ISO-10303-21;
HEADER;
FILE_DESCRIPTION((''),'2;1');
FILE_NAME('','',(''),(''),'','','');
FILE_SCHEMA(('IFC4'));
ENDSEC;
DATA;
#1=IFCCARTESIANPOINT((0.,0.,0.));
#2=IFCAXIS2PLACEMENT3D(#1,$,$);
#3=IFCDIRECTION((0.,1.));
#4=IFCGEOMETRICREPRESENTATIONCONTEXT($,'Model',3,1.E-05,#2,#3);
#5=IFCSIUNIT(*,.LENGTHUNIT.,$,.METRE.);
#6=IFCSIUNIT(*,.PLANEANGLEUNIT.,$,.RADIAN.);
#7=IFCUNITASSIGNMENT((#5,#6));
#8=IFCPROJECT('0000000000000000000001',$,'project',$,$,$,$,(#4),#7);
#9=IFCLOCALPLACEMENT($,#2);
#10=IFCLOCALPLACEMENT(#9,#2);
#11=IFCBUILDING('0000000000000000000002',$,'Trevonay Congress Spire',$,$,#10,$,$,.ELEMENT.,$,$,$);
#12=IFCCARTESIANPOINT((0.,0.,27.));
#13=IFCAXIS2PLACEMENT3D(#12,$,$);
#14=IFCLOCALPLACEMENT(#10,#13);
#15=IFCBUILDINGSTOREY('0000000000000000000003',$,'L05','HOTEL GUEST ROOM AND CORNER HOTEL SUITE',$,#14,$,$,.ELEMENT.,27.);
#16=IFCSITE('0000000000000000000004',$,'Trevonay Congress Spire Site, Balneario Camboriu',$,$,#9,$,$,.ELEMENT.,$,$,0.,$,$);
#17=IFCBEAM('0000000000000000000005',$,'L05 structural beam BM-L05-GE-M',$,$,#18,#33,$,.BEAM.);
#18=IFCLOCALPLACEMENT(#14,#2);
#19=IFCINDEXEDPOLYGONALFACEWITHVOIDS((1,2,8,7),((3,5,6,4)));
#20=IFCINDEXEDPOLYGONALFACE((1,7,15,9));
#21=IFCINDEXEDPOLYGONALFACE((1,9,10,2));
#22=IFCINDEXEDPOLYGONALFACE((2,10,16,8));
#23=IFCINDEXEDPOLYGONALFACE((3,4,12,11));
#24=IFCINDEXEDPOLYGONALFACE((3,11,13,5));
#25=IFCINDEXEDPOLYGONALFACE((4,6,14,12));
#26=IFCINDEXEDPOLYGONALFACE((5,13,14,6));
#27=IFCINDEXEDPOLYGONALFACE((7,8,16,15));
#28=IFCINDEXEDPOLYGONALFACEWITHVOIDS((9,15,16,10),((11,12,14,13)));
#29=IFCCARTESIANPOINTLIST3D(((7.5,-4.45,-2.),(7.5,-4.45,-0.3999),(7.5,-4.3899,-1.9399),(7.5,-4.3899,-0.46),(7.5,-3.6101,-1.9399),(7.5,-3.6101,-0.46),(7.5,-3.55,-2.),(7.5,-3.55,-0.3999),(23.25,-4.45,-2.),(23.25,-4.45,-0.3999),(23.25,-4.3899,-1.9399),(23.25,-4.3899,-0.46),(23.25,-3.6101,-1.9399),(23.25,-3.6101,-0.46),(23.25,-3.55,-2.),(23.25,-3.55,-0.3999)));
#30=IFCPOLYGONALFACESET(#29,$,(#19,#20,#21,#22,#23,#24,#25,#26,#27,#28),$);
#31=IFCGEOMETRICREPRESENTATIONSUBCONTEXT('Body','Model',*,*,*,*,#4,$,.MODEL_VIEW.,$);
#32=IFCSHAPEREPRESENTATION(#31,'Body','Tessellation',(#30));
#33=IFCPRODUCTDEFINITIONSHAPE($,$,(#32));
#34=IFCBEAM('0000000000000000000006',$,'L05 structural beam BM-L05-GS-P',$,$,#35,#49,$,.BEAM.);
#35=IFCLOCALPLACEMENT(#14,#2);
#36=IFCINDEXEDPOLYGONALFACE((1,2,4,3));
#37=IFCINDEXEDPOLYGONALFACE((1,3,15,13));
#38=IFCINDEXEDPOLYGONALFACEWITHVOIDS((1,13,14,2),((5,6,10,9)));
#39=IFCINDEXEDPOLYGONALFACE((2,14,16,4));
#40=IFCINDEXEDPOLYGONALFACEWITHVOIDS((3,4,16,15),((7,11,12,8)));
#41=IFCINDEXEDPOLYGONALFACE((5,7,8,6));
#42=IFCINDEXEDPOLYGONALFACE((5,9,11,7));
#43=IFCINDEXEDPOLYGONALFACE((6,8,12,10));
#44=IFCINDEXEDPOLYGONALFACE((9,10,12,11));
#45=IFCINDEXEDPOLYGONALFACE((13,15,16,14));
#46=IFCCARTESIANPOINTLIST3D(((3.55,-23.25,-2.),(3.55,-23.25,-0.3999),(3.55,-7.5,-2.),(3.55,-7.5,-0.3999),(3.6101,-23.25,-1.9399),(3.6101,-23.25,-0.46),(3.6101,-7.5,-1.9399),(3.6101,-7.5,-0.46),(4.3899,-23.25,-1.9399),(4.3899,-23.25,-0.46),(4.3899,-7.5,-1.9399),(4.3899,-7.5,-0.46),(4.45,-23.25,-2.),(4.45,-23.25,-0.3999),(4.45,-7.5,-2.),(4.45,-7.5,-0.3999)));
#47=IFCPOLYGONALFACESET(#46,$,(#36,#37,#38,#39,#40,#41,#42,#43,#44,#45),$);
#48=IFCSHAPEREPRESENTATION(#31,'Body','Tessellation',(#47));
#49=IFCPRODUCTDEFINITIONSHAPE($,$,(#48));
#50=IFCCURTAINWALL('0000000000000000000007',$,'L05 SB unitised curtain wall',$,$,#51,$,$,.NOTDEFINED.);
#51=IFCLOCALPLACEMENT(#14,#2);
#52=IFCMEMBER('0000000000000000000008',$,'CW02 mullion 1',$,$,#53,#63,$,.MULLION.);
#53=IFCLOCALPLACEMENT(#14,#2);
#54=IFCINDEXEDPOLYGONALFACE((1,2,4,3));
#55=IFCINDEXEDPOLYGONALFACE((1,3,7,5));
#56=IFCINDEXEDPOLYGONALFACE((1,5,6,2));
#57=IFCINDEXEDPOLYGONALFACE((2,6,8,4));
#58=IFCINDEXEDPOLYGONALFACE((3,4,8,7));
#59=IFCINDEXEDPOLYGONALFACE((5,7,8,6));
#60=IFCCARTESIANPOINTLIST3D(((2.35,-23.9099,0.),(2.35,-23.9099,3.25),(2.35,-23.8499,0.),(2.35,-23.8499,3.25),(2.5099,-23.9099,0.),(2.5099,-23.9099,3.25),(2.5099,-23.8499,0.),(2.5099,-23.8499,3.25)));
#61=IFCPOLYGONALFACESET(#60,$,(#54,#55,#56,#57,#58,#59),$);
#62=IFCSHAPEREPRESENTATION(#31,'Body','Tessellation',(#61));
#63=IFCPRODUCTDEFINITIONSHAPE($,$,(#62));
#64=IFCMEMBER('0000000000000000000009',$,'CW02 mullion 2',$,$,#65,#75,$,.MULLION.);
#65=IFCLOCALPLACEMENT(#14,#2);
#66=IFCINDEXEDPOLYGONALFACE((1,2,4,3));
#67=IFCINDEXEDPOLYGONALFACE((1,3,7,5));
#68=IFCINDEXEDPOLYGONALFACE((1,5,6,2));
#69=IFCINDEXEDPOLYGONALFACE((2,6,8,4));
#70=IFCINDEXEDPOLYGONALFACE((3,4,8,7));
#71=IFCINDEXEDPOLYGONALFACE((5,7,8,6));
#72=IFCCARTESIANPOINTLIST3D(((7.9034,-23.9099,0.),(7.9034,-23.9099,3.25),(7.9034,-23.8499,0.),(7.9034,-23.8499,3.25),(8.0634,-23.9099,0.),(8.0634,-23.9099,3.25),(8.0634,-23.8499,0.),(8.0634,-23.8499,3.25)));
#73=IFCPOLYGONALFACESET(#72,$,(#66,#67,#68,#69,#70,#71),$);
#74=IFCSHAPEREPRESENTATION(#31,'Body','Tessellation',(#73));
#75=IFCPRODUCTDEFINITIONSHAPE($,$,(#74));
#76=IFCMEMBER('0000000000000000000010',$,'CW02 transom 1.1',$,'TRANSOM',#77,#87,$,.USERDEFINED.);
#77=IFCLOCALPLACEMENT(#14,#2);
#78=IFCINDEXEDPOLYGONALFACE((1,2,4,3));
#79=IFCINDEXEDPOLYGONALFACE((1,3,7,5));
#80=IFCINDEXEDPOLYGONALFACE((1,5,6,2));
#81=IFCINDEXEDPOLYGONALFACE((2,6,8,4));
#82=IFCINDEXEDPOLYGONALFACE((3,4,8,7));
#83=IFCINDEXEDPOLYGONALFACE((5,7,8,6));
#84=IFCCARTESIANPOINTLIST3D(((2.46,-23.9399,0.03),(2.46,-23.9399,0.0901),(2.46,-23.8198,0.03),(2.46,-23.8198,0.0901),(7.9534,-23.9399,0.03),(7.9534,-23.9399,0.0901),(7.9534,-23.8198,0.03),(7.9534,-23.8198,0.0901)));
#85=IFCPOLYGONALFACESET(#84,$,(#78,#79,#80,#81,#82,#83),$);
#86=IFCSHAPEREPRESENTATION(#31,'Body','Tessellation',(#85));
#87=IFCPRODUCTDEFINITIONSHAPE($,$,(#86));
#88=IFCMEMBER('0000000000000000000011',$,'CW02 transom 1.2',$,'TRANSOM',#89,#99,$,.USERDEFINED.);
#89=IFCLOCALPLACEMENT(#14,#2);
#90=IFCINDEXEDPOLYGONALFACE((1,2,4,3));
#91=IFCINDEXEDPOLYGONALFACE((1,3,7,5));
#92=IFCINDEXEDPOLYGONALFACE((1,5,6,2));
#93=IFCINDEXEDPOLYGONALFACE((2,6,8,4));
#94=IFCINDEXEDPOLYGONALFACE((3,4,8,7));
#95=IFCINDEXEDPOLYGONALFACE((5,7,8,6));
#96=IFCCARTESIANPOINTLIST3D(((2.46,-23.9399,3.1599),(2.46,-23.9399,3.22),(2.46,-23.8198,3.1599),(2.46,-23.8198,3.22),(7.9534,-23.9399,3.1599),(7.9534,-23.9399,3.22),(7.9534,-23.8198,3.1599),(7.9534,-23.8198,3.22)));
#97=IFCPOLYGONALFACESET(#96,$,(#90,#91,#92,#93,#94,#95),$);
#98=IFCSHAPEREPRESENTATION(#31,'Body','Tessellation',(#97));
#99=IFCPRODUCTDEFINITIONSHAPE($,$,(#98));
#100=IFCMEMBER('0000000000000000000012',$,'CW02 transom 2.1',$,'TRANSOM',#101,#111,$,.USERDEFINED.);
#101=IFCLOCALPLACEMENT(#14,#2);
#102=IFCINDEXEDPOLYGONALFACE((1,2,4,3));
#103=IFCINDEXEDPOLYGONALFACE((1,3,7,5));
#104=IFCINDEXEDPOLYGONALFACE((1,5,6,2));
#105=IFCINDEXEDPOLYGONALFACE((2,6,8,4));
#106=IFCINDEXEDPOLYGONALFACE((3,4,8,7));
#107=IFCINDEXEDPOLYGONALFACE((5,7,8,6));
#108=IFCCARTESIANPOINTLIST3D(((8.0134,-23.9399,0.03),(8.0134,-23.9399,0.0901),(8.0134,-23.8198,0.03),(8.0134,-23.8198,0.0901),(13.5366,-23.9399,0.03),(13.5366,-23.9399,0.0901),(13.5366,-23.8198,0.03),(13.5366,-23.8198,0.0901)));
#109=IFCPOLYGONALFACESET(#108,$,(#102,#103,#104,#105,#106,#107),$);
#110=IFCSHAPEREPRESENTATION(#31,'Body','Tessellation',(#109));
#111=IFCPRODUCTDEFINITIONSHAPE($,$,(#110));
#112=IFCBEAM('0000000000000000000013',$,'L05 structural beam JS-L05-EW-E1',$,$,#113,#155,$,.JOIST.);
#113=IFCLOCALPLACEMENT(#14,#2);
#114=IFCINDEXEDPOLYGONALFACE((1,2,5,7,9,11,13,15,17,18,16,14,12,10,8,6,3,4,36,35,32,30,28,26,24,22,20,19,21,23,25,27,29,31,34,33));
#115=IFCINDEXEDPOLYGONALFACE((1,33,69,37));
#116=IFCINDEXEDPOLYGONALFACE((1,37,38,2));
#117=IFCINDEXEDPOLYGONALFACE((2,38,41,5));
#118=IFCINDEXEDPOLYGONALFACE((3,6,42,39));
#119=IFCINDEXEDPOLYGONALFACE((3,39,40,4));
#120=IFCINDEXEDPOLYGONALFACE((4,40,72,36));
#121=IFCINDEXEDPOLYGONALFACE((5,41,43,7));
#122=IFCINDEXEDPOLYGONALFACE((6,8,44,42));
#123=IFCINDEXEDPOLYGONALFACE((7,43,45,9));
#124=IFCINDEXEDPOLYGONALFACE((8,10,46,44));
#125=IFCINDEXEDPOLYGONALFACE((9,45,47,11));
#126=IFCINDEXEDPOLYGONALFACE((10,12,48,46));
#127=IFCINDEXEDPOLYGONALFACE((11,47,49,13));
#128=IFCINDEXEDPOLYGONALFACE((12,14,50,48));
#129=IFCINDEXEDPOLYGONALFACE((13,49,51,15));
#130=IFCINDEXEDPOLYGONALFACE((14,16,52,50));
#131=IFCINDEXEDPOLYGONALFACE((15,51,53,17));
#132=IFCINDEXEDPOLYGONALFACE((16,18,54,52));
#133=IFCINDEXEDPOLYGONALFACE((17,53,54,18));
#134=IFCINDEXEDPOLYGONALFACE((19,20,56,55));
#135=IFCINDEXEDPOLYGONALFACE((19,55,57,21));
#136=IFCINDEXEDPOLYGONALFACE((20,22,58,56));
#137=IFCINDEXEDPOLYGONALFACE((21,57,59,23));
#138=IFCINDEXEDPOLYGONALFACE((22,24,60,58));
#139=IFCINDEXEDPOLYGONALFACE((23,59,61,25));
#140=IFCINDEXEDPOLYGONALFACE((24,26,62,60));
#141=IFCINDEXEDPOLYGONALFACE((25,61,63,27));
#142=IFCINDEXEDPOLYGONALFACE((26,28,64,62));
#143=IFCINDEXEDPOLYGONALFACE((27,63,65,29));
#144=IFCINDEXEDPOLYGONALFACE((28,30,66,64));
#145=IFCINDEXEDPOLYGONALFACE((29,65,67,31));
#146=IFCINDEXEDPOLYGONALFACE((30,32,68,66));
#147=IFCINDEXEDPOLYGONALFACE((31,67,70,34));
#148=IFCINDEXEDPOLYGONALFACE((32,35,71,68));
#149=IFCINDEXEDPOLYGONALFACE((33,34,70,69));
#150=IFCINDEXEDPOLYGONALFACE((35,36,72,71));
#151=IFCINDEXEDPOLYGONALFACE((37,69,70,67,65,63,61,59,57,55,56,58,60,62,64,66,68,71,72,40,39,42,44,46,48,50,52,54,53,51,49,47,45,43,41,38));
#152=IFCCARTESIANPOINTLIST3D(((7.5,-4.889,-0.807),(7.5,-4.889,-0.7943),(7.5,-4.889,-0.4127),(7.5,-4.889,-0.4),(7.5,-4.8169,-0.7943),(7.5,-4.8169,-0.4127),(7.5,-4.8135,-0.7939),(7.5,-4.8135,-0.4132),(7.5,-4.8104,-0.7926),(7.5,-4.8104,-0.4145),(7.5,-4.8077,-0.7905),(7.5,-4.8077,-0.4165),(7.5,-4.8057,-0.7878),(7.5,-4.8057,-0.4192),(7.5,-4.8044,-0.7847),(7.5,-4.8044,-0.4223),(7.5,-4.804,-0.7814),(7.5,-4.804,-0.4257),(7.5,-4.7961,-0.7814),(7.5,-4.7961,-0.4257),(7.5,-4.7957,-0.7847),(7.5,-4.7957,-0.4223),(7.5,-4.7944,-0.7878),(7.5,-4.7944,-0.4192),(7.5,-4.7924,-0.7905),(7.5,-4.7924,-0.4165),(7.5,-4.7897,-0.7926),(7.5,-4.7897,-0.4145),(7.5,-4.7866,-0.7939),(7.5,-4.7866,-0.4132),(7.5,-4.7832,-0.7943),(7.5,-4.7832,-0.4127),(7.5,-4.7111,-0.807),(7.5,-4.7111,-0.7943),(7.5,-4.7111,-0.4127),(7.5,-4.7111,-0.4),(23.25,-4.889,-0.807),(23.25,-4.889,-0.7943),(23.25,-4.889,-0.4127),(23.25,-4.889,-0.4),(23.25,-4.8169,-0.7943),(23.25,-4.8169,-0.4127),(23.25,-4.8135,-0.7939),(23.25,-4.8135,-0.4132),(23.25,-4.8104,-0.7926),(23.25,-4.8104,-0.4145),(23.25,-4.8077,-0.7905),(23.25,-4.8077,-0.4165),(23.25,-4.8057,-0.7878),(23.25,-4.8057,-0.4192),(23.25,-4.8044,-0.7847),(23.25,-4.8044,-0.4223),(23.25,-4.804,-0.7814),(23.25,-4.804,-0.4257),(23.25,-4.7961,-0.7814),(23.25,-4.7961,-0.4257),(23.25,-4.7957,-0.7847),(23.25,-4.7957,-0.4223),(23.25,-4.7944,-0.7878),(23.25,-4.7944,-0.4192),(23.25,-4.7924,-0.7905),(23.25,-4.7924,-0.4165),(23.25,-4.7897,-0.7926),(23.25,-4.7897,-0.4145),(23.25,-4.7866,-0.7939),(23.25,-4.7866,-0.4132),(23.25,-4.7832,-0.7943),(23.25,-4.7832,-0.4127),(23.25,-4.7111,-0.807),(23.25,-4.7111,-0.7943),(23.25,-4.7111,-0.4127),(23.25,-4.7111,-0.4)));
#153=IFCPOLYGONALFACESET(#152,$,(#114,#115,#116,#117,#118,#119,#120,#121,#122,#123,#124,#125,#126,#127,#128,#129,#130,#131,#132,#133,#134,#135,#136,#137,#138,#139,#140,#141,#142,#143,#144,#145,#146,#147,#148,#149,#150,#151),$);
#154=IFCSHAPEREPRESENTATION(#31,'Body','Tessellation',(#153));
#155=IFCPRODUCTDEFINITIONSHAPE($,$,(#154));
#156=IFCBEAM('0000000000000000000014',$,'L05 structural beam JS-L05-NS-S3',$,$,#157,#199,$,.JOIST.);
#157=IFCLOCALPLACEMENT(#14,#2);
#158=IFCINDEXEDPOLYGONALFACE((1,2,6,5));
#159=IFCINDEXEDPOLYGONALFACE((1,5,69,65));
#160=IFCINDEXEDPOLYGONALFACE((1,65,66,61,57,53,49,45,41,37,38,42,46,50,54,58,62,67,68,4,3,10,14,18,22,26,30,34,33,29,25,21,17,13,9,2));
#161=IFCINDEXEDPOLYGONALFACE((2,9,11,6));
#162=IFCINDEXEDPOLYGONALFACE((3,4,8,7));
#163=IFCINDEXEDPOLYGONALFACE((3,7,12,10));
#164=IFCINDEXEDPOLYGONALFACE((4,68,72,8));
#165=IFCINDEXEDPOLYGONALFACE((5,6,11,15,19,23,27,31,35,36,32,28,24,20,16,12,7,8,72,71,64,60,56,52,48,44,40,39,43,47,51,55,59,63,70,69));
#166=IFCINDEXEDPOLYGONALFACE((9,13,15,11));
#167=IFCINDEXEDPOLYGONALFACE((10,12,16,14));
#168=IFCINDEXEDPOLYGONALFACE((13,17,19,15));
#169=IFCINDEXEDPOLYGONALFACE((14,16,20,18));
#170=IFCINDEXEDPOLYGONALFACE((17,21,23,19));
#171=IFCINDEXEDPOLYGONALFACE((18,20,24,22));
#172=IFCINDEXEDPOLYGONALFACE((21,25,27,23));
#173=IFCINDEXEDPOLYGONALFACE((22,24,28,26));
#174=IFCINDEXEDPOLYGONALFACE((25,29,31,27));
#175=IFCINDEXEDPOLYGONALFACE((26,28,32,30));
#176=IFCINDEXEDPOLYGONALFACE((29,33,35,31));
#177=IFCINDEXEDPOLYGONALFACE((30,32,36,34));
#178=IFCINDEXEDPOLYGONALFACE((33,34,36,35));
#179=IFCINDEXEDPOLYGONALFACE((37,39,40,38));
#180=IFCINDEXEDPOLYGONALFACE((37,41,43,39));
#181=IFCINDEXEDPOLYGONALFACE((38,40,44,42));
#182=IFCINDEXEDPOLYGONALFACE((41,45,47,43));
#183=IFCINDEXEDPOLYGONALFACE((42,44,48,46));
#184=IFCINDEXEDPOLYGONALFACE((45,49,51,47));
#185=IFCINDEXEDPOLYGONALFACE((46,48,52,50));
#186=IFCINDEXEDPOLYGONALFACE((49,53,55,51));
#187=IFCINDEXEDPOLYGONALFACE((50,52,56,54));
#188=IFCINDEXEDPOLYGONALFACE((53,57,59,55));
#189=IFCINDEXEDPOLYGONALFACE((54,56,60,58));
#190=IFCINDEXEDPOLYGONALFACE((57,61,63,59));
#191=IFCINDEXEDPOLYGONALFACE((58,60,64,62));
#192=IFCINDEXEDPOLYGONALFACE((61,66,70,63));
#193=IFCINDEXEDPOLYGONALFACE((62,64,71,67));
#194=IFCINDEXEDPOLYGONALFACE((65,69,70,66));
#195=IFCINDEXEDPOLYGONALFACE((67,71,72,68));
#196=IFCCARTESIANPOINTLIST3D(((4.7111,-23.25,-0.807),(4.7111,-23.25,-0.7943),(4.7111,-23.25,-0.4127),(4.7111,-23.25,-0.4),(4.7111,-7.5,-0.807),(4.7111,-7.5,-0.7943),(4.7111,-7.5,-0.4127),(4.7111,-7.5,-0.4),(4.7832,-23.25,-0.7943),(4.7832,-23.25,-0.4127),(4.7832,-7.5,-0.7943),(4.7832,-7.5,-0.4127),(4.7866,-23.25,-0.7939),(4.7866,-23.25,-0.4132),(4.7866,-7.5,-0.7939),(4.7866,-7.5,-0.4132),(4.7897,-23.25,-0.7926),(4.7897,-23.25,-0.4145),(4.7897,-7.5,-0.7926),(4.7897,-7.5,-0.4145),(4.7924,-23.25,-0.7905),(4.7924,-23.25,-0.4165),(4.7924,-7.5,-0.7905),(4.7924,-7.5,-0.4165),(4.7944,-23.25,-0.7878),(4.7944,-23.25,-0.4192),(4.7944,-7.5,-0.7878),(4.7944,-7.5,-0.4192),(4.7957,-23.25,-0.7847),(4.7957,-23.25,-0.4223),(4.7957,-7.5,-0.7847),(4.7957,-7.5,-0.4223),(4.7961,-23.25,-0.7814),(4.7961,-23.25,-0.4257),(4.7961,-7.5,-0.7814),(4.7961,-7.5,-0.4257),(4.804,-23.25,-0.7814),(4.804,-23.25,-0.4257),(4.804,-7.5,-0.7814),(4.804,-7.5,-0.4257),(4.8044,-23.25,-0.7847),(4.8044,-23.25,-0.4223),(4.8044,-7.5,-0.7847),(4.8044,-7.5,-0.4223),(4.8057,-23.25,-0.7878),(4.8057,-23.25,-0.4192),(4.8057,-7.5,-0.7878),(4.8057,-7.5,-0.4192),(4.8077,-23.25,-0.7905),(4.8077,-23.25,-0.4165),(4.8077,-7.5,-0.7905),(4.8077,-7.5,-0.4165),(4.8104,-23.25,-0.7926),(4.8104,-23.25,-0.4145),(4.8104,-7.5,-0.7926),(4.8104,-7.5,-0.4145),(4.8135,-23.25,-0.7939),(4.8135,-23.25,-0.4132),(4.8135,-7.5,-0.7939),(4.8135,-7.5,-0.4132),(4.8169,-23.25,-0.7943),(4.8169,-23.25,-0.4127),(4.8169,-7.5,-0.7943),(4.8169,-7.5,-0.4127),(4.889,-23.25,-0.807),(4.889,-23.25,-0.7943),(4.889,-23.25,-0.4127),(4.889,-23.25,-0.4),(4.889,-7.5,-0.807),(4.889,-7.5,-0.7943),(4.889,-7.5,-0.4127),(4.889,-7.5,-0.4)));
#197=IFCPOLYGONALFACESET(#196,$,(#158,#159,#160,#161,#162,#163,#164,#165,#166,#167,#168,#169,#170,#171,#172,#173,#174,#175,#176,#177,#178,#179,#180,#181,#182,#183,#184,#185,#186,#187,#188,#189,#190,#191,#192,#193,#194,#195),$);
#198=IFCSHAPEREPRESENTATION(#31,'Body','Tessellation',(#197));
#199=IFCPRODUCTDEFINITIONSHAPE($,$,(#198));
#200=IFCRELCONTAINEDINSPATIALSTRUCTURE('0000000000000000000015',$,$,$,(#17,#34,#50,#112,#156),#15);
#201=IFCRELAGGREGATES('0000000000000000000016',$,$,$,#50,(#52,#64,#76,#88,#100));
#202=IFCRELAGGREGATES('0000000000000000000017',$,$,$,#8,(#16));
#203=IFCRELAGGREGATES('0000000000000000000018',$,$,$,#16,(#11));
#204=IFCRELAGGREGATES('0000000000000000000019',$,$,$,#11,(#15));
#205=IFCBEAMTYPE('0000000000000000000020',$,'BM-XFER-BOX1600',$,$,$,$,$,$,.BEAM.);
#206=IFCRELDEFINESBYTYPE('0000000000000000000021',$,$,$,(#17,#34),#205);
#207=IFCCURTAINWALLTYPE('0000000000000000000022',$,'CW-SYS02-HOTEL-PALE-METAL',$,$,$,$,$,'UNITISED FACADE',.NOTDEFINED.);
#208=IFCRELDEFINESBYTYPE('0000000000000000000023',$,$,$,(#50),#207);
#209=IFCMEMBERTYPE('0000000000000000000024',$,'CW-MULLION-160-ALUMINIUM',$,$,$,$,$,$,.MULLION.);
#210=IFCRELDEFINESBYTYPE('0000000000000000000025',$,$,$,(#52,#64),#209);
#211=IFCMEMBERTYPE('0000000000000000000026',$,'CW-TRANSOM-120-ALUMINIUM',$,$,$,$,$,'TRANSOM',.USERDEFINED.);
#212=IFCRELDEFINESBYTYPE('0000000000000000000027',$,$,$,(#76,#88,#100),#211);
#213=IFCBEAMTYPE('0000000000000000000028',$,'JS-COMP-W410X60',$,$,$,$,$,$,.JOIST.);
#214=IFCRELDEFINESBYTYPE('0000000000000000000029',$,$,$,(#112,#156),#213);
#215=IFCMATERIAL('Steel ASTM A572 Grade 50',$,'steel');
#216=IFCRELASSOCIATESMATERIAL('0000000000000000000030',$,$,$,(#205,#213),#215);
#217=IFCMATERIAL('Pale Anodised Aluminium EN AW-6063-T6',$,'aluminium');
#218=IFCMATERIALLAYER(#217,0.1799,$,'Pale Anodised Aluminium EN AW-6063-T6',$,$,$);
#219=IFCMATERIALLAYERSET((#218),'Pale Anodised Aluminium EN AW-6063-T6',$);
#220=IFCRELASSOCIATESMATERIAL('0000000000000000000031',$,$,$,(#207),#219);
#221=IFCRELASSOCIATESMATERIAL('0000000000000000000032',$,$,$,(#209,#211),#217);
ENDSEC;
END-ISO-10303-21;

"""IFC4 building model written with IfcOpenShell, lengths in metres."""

from ifc_helpers import new_model, si_unit, direction, frame, origin, origin_2d, place, context, subcontext, project, spatial, rectangle, hollow_rectangle, i_section, extrude, material, layer, layer_set, material_profile, profile_set, type_object, element, aggregate, save


model = new_model("IFC4")

# Units and contexts
model_context = context("Model", 3, precision=1e-05, world=origin(), true_north=direction((0.0, 1.0)))
body_context = subcontext(model_context, "Body", "Model", "MODEL_VIEW")
ifc_project = project(units=[si_unit("LENGTHUNIT", "METRE"), si_unit("PLANEANGLEUNIT", "RADIAN")], contexts=[model_context])

# Site, building, storey
site_placement = place(None, origin())
site = spatial("IfcSite", under=ifc_project, at=site_placement, Name="Trevonay Congress Spire Site, Balneario Camboriu", CompositionType="ELEMENT", RefElevation=0.0)
building_placement = place(site_placement, origin())
building = spatial("IfcBuilding", under=site, at=building_placement, Name="Trevonay Congress Spire", CompositionType="ELEMENT")
storey_placement = place(building_placement, frame((0.0, 0.0, 27.0)))
storey = spatial("IfcBuildingStorey", under=building, at=storey_placement, Name="L05", Description="HOTEL GUEST ROOM AND CORNER HOTEL SUITE", CompositionType="ELEMENT", Elevation=27.0)

# Shared definitions
ifc_material_1 = material(Name="Steel ASTM A572 Grade 50", Category="steel")

# Beams
ifc_material_profile_1 = material_profile(ifc_material_1, hollow_rectangle(XDim=0.8999, YDim=1.6001, WallThickness=0.0601, at=origin_2d()), Name="BOX 1600x900x60")
ifc_profile_set_1 = profile_set([ifc_material_profile_1], Name="Steel ASTM A572 Grade 50")
beam_type_1 = type_object("IfcBeamType", Name="BM-XFER-BOX1600", PredefinedType="BEAM", material=ifc_profile_set_1)
for number, where, z_axis, x_axis, name in (
    (1, (7.5, -4.0, -1.2), (1.0, 0.0, 0.0), (0.0, 1.0, 0.0), "L05 structural beam BM-L05-GE-M"),
    (2, (4.0, -7.5, -1.2), (0.0, -1.0, 0.0), (1.0, 0.0, 0.0), "L05 structural beam BM-L05-GS-P"),
):
    element("IfcBeam", number, at=place(storey_placement, frame(where, z_axis=z_axis, x_axis=x_axis)), inside=storey, type_object=beam_type_1, Name=name, PredefinedType="BEAM", context=body_context, shape_type="SweptSolid", body=[
        extrude(hollow_rectangle(XDim=0.8999, YDim=1.6001, WallThickness=0.0601, at=origin_2d()), origin(), (0.0, 0.0, 1.0), 15.75),
    ])

# Curtain wall, members
ifc_material_2 = material(Name="Pale Anodised Aluminium EN AW-6063-T6", Category="aluminium")
ifc_layer_1 = layer(ifc_material_2, 0.1799, Name="Pale Anodised Aluminium EN AW-6063-T6")
ifc_layer_set_1 = layer_set([ifc_layer_1], Name="Pale Anodised Aluminium EN AW-6063-T6")
curtain_wall_type = type_object("IfcCurtainWallType", Name="CW-SYS02-HOTEL-PALE-METAL", ElementType="UNITISED FACADE", PredefinedType="NOTDEFINED", material=ifc_layer_set_1)
curtain_wall_placement = place(storey_placement, origin())
curtain_wall = element("IfcCurtainWall", 3, at=curtain_wall_placement, inside=storey, type_object=curtain_wall_type, Name="L05 SB unitised curtain wall", PredefinedType="NOTDEFINED")
ifc_material_profile_2 = material_profile(ifc_material_2, rectangle(XDim=0.0601, YDim=0.1599, at=origin_2d()), Name="CW-MULLION-160-ALUMINIUM")
ifc_profile_set_2 = profile_set([ifc_material_profile_2], Name="Pale Anodised Aluminium EN AW-6063-T6")
member_type_1 = type_object("IfcMemberType", Name="CW-MULLION-160-ALUMINIUM", PredefinedType="MULLION", material=ifc_profile_set_2)
member_1_placement = place(storey_placement, frame((2.4299, -23.8799, 0.0), z_axis=(0.0, 0.0, 1.0), x_axis=(0.0, 1.0, 0.0)))
member_1 = element("IfcMember", 4, at=member_1_placement, type_object=member_type_1, Name="CW02 mullion 1", PredefinedType="MULLION", context=body_context, shape_type="SweptSolid", body=[
    extrude(rectangle(XDim=0.0601, YDim=0.1599, at=origin_2d()), origin(), (0.0, 0.0, 1.0), 3.25),
])
member_2_placement = place(storey_placement, frame((7.9834, -23.8799, 0.0), z_axis=(0.0, 0.0, 1.0), x_axis=(0.0, 1.0, 0.0)))
member_2 = element("IfcMember", 5, at=member_2_placement, type_object=member_type_1, Name="CW02 mullion 2", PredefinedType="MULLION", context=body_context, shape_type="SweptSolid", body=[
    extrude(rectangle(XDim=0.0601, YDim=0.1599, at=origin_2d()), origin(), (0.0, 0.0, 1.0), 3.25),
])
ifc_material_profile_3 = material_profile(ifc_material_2, rectangle(XDim=0.1201, YDim=0.0601, at=origin_2d()), Name="CW-TRANSOM-120-ALUMINIUM")
ifc_profile_set_3 = profile_set([ifc_material_profile_3], Name="Pale Anodised Aluminium EN AW-6063-T6")
member_type_2 = type_object("IfcMemberType", Name="CW-TRANSOM-120-ALUMINIUM", ElementType="TRANSOM", PredefinedType="USERDEFINED", material=ifc_profile_set_3)
member_3_placement = place(storey_placement, frame((2.46, -23.8799, 0.0601), z_axis=(1.0, 0.0, 0.0), x_axis=(0.0, 1.0, 0.0)))
member_3 = element("IfcMember", 6, at=member_3_placement, type_object=member_type_2, Name="CW02 transom 1.1", ObjectType="TRANSOM", PredefinedType="USERDEFINED", context=body_context, shape_type="SweptSolid", body=[
    extrude(rectangle(XDim=0.1201, YDim=0.0601, at=origin_2d()), origin(), (0.0, 0.0, 1.0), 5.4934),
])
member_4_placement = place(storey_placement, frame((2.46, -23.8799, 3.1899), z_axis=(1.0, 0.0, 0.0), x_axis=(0.0, 1.0, 0.0)))
member_4 = element("IfcMember", 7, at=member_4_placement, type_object=member_type_2, Name="CW02 transom 1.2", ObjectType="TRANSOM", PredefinedType="USERDEFINED", context=body_context, shape_type="SweptSolid", body=[
    extrude(rectangle(XDim=0.1201, YDim=0.0601, at=origin_2d()), origin(), (0.0, 0.0, 1.0), 5.4934),
])
member_5_placement = place(storey_placement, frame((8.0134, -23.8799, 0.0601), z_axis=(1.0, 0.0, 0.0), x_axis=(0.0, 1.0, 0.0)))
member_5 = element("IfcMember", 8, at=member_5_placement, type_object=member_type_2, Name="CW02 transom 2.1", ObjectType="TRANSOM", PredefinedType="USERDEFINED", context=body_context, shape_type="SweptSolid", body=[
    extrude(rectangle(XDim=0.1201, YDim=0.0601, at=origin_2d()), origin(), (0.0, 0.0, 1.0), 5.5232),
])

# Beams
ifc_material_profile_4 = material_profile(ifc_material_1, i_section(OverallWidth=0.178, OverallDepth=0.407, WebThickness=0.0078, FlangeThickness=0.0127, FilletRadius=0.0129, at=origin_2d()), Name="W410x60")
ifc_profile_set_4 = profile_set([ifc_material_profile_4], Name="Steel ASTM A572 Grade 50")
beam_type_2 = type_object("IfcBeamType", Name="JS-COMP-W410X60", PredefinedType="JOIST", material=ifc_profile_set_4)
for number, where, z_axis, x_axis, name in (
    (9, (7.5, -4.8, -0.6035), (1.0, 0.0, 0.0), (0.0, 1.0, 0.0), "L05 structural beam JS-L05-EW-E1"),
    (10, (4.8, -23.25, -0.6035), (0.0, 1.0, 0.0), (-1.0, 0.0, 0.0), "L05 structural beam JS-L05-NS-S3"),
):
    element("IfcBeam", number, at=place(storey_placement, frame(where, z_axis=z_axis, x_axis=x_axis)), inside=storey, type_object=beam_type_2, Name=name, PredefinedType="JOIST", context=body_context, shape_type="SweptSolid", body=[
        extrude(i_section(OverallWidth=0.178, OverallDepth=0.407, WebThickness=0.0078, FlangeThickness=0.0127, FilletRadius=0.0129, at=origin_2d()), origin(), (0.0, 0.0, 1.0), 15.75),
    ])

aggregate(curtain_wall, [member_1, member_2, member_3, member_4, member_5])

save(model, "model.ifc")
